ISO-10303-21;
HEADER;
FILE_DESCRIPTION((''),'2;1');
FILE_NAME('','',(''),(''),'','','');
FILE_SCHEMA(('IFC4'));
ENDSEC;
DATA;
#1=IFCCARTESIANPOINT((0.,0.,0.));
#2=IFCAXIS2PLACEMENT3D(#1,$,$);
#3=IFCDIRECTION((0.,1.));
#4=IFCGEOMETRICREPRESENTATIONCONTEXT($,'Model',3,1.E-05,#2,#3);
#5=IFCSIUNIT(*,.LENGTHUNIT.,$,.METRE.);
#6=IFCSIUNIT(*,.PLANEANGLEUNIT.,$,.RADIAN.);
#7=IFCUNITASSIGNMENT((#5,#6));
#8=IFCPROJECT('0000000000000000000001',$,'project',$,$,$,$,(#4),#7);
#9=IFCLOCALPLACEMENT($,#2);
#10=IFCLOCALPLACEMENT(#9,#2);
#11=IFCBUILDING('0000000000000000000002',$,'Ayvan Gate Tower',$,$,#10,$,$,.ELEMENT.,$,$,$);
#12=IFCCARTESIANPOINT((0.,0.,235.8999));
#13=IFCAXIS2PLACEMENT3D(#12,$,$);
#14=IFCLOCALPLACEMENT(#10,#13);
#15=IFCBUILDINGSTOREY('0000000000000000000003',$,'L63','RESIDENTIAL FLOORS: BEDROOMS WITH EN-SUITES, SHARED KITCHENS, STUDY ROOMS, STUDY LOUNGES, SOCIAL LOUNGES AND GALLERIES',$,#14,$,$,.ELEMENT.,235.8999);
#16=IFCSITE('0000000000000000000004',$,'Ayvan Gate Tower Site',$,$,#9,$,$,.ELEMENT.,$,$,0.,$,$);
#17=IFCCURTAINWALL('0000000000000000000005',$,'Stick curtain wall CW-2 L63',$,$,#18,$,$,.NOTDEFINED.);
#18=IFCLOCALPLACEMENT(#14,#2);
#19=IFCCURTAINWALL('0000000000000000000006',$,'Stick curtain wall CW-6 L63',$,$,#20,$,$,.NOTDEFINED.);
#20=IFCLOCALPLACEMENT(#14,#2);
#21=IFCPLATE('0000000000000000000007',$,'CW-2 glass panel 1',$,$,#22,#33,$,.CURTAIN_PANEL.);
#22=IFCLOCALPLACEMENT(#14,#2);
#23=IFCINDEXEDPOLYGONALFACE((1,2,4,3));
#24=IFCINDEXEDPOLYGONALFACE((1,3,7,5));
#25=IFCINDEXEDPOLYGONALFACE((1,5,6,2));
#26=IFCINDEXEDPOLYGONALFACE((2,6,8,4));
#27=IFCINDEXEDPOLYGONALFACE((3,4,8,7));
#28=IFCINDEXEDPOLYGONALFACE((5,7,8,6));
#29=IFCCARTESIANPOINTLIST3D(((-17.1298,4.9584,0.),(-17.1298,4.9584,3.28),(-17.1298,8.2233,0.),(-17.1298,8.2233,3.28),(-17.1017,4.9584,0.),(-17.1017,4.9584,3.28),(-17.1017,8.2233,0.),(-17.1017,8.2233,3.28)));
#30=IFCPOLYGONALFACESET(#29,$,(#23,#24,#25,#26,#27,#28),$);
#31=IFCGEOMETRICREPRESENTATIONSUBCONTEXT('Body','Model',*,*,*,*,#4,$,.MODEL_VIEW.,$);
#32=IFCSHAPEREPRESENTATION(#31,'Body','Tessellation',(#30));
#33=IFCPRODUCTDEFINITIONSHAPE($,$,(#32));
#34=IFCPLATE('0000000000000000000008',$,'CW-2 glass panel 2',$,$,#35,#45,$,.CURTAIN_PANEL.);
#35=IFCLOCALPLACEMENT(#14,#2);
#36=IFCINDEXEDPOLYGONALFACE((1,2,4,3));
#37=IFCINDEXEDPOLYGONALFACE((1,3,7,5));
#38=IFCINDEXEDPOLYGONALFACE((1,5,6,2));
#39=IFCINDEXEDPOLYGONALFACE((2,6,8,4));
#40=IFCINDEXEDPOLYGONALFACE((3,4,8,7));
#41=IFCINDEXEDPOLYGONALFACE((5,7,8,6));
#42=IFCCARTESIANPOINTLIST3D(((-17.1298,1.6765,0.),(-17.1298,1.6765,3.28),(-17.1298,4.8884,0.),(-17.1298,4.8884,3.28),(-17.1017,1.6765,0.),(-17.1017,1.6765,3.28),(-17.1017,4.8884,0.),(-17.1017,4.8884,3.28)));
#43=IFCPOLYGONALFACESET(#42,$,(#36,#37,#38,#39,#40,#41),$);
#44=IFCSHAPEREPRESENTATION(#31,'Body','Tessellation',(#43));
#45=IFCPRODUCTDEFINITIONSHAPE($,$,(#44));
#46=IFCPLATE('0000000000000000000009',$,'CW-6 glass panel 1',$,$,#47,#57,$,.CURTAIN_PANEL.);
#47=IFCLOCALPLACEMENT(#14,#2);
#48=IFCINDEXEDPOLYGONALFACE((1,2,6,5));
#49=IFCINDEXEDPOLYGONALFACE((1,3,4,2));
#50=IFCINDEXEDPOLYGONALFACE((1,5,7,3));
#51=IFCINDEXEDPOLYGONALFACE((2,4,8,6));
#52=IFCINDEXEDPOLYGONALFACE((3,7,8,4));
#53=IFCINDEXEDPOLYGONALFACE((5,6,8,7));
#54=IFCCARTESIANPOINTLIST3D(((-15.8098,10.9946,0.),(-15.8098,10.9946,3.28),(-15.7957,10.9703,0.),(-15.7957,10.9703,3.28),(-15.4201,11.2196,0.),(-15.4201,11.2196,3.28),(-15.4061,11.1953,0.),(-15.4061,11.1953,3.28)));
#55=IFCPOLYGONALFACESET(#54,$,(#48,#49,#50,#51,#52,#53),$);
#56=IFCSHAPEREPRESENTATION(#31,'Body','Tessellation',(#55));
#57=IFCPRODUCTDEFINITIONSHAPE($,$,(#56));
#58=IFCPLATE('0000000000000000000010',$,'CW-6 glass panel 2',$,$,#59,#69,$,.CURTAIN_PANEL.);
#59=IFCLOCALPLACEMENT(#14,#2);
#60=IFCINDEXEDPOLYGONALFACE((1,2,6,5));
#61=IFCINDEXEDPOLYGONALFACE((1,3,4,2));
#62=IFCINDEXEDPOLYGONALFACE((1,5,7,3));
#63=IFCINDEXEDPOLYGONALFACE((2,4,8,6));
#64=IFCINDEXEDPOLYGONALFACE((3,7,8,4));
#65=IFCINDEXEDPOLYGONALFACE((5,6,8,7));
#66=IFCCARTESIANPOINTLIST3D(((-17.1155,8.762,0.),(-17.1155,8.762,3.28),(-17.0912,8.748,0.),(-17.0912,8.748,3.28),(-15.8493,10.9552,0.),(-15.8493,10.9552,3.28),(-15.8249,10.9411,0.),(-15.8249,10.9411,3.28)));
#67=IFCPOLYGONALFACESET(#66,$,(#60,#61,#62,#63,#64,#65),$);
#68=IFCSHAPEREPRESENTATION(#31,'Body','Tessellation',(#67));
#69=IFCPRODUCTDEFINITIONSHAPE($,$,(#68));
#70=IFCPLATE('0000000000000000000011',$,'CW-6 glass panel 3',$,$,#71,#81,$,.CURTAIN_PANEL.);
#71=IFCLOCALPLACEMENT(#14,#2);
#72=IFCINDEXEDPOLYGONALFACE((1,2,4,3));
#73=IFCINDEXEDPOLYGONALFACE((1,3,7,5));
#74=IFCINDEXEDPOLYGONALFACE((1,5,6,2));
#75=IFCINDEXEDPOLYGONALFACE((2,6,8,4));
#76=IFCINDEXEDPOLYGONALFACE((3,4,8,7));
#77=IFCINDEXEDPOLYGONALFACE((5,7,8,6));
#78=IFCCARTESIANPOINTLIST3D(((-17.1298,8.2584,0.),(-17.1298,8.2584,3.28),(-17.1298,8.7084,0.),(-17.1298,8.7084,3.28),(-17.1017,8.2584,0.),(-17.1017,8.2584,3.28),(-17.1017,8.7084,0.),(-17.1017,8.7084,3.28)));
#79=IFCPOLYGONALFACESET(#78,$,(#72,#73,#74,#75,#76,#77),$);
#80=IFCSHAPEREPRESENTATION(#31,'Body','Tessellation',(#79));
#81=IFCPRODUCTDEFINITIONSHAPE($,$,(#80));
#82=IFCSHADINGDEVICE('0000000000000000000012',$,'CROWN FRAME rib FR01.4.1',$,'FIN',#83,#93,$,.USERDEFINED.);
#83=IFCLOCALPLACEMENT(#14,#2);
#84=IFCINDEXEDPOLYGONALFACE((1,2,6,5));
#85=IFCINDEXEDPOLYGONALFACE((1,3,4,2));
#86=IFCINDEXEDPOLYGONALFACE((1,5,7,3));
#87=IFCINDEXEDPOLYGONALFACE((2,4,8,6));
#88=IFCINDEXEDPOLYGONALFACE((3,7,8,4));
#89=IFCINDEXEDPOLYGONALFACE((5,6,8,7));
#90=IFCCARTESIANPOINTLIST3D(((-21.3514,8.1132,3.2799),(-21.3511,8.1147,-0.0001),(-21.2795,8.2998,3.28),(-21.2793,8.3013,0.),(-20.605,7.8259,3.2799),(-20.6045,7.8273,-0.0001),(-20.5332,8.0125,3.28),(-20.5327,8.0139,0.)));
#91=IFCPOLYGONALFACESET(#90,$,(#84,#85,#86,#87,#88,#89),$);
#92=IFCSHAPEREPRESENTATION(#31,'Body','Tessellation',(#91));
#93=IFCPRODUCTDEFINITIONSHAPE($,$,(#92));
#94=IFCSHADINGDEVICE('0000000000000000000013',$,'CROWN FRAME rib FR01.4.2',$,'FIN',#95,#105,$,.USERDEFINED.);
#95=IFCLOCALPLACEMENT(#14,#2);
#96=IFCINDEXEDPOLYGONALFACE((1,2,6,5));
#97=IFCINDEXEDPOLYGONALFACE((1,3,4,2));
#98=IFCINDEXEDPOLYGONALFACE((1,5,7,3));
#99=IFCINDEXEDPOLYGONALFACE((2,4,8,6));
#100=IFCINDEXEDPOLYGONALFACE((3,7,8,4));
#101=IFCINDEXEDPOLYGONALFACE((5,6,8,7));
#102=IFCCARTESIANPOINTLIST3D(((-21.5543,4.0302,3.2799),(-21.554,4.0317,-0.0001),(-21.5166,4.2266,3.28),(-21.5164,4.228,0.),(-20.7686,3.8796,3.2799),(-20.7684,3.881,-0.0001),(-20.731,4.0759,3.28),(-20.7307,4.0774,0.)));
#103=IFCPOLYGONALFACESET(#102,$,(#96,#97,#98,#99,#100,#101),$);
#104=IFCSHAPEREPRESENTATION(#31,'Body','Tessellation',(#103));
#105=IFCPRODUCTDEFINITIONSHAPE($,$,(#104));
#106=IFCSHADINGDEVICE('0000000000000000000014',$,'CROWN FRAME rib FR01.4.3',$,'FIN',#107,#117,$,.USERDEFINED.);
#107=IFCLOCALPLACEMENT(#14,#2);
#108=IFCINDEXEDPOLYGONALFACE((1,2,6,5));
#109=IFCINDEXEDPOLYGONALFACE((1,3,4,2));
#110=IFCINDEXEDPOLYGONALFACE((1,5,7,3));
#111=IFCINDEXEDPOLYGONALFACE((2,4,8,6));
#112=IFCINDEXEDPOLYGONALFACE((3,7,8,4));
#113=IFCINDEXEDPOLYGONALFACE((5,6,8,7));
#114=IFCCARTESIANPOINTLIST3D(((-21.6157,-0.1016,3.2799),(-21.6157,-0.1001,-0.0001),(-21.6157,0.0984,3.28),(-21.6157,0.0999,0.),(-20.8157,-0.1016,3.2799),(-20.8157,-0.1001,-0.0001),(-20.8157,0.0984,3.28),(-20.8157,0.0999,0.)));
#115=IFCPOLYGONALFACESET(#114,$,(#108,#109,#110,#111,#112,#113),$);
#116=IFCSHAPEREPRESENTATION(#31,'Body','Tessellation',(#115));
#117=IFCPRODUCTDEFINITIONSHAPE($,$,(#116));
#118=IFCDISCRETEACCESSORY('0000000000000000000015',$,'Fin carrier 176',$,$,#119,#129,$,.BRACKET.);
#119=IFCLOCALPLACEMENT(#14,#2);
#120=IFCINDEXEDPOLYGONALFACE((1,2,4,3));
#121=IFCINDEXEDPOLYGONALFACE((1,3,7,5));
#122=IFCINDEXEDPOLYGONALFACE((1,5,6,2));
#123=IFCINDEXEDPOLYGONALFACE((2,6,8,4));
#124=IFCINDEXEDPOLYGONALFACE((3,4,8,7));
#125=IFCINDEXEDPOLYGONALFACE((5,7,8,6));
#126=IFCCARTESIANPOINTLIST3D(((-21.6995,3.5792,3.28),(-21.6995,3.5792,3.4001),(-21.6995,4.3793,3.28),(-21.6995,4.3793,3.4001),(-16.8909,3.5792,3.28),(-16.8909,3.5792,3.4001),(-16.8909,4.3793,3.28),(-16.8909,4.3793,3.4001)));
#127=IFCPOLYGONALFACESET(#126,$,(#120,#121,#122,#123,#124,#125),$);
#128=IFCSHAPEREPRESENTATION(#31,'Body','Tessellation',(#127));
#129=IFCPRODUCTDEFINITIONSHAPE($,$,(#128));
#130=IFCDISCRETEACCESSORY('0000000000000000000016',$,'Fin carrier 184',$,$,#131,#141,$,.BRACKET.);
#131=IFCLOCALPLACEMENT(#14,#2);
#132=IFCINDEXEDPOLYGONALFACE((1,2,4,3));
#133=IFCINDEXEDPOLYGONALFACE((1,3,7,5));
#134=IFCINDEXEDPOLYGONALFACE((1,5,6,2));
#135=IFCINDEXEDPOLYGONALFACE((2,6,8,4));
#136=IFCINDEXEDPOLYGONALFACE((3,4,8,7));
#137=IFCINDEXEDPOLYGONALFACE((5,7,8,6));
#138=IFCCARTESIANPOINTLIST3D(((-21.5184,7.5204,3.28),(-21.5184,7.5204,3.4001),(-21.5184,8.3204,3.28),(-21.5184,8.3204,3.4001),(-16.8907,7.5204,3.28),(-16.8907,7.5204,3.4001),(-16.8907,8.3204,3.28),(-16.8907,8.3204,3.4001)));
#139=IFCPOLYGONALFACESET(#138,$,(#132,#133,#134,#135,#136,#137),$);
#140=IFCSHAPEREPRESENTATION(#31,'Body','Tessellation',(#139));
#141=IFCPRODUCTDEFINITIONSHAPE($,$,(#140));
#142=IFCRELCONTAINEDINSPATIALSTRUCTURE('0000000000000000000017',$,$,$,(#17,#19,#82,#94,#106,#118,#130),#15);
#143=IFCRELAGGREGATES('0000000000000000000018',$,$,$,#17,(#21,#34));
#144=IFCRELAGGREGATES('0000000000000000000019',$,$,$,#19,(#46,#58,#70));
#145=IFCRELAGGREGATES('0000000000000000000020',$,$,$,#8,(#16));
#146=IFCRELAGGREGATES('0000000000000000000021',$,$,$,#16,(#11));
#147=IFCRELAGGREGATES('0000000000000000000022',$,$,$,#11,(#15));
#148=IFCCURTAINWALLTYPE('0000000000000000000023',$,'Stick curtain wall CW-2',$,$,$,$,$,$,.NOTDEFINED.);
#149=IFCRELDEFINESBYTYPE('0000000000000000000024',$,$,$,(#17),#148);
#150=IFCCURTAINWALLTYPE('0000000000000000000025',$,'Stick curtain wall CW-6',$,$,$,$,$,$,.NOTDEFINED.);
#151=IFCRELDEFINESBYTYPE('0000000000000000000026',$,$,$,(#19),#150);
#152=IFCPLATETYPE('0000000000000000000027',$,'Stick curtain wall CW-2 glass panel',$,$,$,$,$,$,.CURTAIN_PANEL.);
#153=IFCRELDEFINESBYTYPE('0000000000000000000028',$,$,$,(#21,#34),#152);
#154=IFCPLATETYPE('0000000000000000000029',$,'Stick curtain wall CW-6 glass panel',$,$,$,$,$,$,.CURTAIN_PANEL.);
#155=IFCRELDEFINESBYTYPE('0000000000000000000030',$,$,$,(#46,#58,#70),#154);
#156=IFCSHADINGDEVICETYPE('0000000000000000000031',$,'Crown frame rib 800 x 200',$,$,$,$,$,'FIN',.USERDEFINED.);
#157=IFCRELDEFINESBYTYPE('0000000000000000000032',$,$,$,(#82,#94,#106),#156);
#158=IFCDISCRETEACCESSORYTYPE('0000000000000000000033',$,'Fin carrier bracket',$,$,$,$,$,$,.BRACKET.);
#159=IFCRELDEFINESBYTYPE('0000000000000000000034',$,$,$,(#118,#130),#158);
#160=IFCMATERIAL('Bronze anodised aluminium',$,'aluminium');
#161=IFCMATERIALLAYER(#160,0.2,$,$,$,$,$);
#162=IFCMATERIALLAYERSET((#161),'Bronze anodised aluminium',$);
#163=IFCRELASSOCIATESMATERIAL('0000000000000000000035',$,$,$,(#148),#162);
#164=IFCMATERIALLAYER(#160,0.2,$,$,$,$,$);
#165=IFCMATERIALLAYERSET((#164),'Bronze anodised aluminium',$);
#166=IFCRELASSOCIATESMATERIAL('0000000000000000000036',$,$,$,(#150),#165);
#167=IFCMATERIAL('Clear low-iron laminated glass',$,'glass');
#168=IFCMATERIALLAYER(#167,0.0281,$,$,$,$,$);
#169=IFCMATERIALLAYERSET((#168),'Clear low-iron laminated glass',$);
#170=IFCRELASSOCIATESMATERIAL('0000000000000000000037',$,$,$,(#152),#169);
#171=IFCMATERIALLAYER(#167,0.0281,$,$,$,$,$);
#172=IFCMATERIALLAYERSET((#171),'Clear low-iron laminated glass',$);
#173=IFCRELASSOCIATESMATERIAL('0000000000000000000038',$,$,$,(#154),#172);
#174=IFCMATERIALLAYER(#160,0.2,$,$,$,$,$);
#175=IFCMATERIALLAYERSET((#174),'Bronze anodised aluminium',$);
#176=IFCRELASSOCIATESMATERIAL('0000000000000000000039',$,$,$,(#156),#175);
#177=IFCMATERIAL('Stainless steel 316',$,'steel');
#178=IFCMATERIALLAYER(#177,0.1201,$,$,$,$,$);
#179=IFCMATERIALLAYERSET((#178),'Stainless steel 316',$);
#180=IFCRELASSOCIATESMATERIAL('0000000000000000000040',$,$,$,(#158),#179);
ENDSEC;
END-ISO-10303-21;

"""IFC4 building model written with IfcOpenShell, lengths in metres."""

from ifc_helpers import new_model, si_unit, direction, frame, origin, origin_2d, place, context, subcontext, project, spatial, polyline, rectangle, outline, extrude, material, layer, layer_set, type_object, element, aggregate, save


model = new_model("IFC4")

# Units and contexts
model_context = context("Model", 3, precision=1e-05, world=origin(), true_north=direction((0.0, 1.0)))
body_context = subcontext(model_context, "Body", "Model", "MODEL_VIEW")
ifc_project = project(units=[si_unit("LENGTHUNIT", "METRE"), si_unit("PLANEANGLEUNIT", "RADIAN")], contexts=[model_context])

# Site, building, storey
site_placement = place(None, origin())
site = spatial("IfcSite", under=ifc_project, at=site_placement, Name="Ayvan Gate Tower Site", CompositionType="ELEMENT", RefElevation=0.0)
building_placement = place(site_placement, origin())
building = spatial("IfcBuilding", under=site, at=building_placement, Name="Ayvan Gate Tower", CompositionType="ELEMENT")
storey_placement = place(building_placement, frame((0.0, 0.0, 235.8999)))
storey = spatial("IfcBuildingStorey", under=building, at=storey_placement, Name="L63", Description="RESIDENTIAL FLOORS: BEDROOMS WITH EN-SUITES, SHARED KITCHENS, STUDY ROOMS, STUDY LOUNGES, SOCIAL LOUNGES AND GALLERIES", CompositionType="ELEMENT", Elevation=235.8999)

# Curtain walls
ifc_material_1 = material(Name="Bronze anodised aluminium", Category="aluminium")
ifc_layer_1 = layer(ifc_material_1, 0.2)
ifc_layer_set_1 = layer_set([ifc_layer_1], Name="Bronze anodised aluminium")
curtain_wall_type_1 = type_object("IfcCurtainWallType", Name="Stick curtain wall CW-2", PredefinedType="NOTDEFINED", material=ifc_layer_set_1)
curtain_wall_1_placement = place(storey_placement, origin())
curtain_wall_1 = element("IfcCurtainWall", 1, at=curtain_wall_1_placement, inside=storey, type_object=curtain_wall_type_1, Name="Stick curtain wall CW-2 L63", PredefinedType="NOTDEFINED")
ifc_layer_2 = layer(ifc_material_1, 0.2)
ifc_layer_set_2 = layer_set([ifc_layer_2], Name="Bronze anodised aluminium")
curtain_wall_type_2 = type_object("IfcCurtainWallType", Name="Stick curtain wall CW-6", PredefinedType="NOTDEFINED", material=ifc_layer_set_2)
curtain_wall_2_placement = place(storey_placement, origin())
curtain_wall_2 = element("IfcCurtainWall", 2, at=curtain_wall_2_placement, inside=storey, type_object=curtain_wall_type_2, Name="Stick curtain wall CW-6 L63", PredefinedType="NOTDEFINED")

# Plates
ifc_material_2 = material(Name="Clear low-iron laminated glass", Category="glass")
ifc_layer_3 = layer(ifc_material_2, 0.0281)
ifc_layer_set_3 = layer_set([ifc_layer_3], Name="Clear low-iron laminated glass")
plate_type_1 = type_object("IfcPlateType", Name="Stick curtain wall CW-2 glass panel", PredefinedType="CURTAIN_PANEL", material=ifc_layer_set_3)
plate_1_placement = place(storey_placement, frame((-17.1157, 6.5908, 0.0), z_axis=(0.0, 0.0, 1.0), x_axis=(0.0, -1.0, 0.0)))
plate_1 = element("IfcPlate", 3, at=plate_1_placement, type_object=plate_type_1, Name="CW-2 glass panel 1", PredefinedType="CURTAIN_PANEL", context=body_context, shape_type="SweptSolid", body=[
    extrude(rectangle(XDim=3.2649, YDim=0.0281, at=origin_2d()), origin(), (0.0, 0.0, 1.0), 3.28),
])
plate_2_placement = place(storey_placement, frame((-17.1157, 3.2825, 0.0), z_axis=(0.0, 0.0, 1.0), x_axis=(0.0, -1.0, 0.0)))
plate_2 = element("IfcPlate", 4, at=plate_2_placement, type_object=plate_type_1, Name="CW-2 glass panel 2", PredefinedType="CURTAIN_PANEL", context=body_context, shape_type="SweptSolid", body=[
    extrude(rectangle(XDim=3.2119, YDim=0.0281, at=origin_2d()), origin(), (0.0, 0.0, 1.0), 3.28),
])
aggregate(curtain_wall_1, [plate_1, plate_2])
ifc_layer_4 = layer(ifc_material_2, 0.0281)
ifc_layer_set_4 = layer_set([ifc_layer_4], Name="Clear low-iron laminated glass")
plate_type_2 = type_object("IfcPlateType", Name="Stick curtain wall CW-6 glass panel", PredefinedType="CURTAIN_PANEL", material=ifc_layer_set_4)
plate_3_placement = place(storey_placement, frame((-15.6079, 11.095, 0.0), z_axis=(0.0, 0.0, 1.0), x_axis=(-0.866025, -0.5, 0.0)))
plate_3 = element("IfcPlate", 5, at=plate_3_placement, type_object=plate_type_2, Name="CW-6 glass panel 1", PredefinedType="CURTAIN_PANEL", context=body_context, shape_type="SweptSolid", body=[
    extrude(rectangle(XDim=0.45, YDim=0.0281, at=origin_2d()), origin(), (0.0, 0.0, 1.0), 3.28),
])
plate_4_placement = place(storey_placement, frame((-16.4702, 9.8516, 0.0), z_axis=(0.0, 0.0, 1.0), x_axis=(-0.5, -0.866025, 0.0)))
plate_4 = element("IfcPlate", 6, at=plate_4_placement, type_object=plate_type_2, Name="CW-6 glass panel 2", PredefinedType="CURTAIN_PANEL", context=body_context, shape_type="SweptSolid", body=[
    extrude(rectangle(XDim=2.5325, YDim=0.0281, at=origin_2d()), origin(), (0.0, 0.0, 1.0), 3.28),
])
plate_5_placement = place(storey_placement, frame((-17.1157, 8.4834, 0.0), z_axis=(0.0, 0.0, 1.0), x_axis=(0.0, -1.0, 0.0)))
plate_5 = element("IfcPlate", 7, at=plate_5_placement, type_object=plate_type_2, Name="CW-6 glass panel 3", PredefinedType="CURTAIN_PANEL", context=body_context, shape_type="SweptSolid", body=[
    extrude(rectangle(XDim=0.45, YDim=0.0281, at=origin_2d()), origin(), (0.0, 0.0, 1.0), 3.28),
])
aggregate(curtain_wall_2, [plate_3, plate_4, plate_5])

# Shading devices
ifc_layer_5 = layer(ifc_material_1, 0.2)
ifc_layer_set_5 = layer_set([ifc_layer_5], Name="Bronze anodised aluminium")
shading_device_type = type_object("IfcShadingDeviceType", Name="Crown frame rib 800 x 200", ElementType="FIN", PredefinedType="USERDEFINED", material=ifc_layer_set_5)
shading_device_1_placement = place(storey_placement, frame((-20.5327, 8.0139, 0.0), z_axis=(0.359255, 0.933239, 0.000457), x_axis=(-0.933239, 0.359255, 0.0)))
element("IfcShadingDevice", 8, at=shading_device_1_placement, inside=storey, type_object=shading_device_type, Name="CROWN FRAME rib FR01.4.1", ObjectType="FIN", PredefinedType="USERDEFINED", context=body_context, shape_type="SweptSolid", body=[
    extrude(outline(polyline([(0.0, 0.0), (0.8, 0.0), (0.7997, 3.28), (-0.0001, 3.28), (0.0, 0.0)])), origin(), (0.0, 0.0, -1.0), 0.2),
])
shading_device_2_placement = place(storey_placement, frame((-20.7307, 4.0774, 0.0), z_axis=(0.188304, 0.982111, 0.000453), x_axis=(-0.982111, 0.188304, 0.0)))
element("IfcShadingDevice", 9, at=shading_device_2_placement, inside=storey, type_object=shading_device_type, Name="CROWN FRAME rib FR01.4.2", ObjectType="FIN", PredefinedType="USERDEFINED", context=body_context, shape_type="SweptSolid", body=[
    extrude(outline(polyline([(0.0, 0.0), (0.8, 0.0), (0.7999, 3.28), (0.0, 3.28), (0.0, 0.0)])), origin(), (0.0, 0.0, -1.0), 0.2),
])
shading_device_3_placement = place(storey_placement, frame((-20.8157, 0.0999, 0.0), z_axis=(0.0, 1.0, 0.000447), x_axis=(-1.0, 0.0, 0.0)))
element("IfcShadingDevice", 10, at=shading_device_3_placement, inside=storey, type_object=shading_device_type, Name="CROWN FRAME rib FR01.4.3", ObjectType="FIN", PredefinedType="USERDEFINED", context=body_context, shape_type="SweptSolid", body=[
    extrude(outline(polyline([(0.0, 0.0), (0.8, 0.0), (0.8, 3.28), (0.0, 3.28), (0.0, 0.0)])), origin(), (0.0, 0.0, -1.0), 0.2),
])

# Discrete accessories
ifc_material_3 = material(Name="Stainless steel 316", Category="steel")
ifc_layer_6 = layer(ifc_material_3, 0.1201)
ifc_layer_set_6 = layer_set([ifc_layer_6], Name="Stainless steel 316")
discrete_accessory_type = type_object("IfcDiscreteAccessoryType", Name="Fin carrier bracket", PredefinedType="BRACKET", material=ifc_layer_set_6)
discrete_accessory_1_placement = place(storey_placement, frame((-19.2952, 3.9792, 3.28), z_axis=(0.0, 0.0, 1.0), x_axis=(0.0, -1.0, 0.0)))
element("IfcDiscreteAccessory", 11, at=discrete_accessory_1_placement, inside=storey, type_object=discrete_accessory_type, Name="Fin carrier 176", PredefinedType="BRACKET", context=body_context, shape_type="SweptSolid", body=[
    extrude(rectangle(XDim=0.8, YDim=4.8086, at=origin_2d()), origin(), (0.0, 0.0, 1.0), 0.1201),
])
discrete_accessory_2_placement = place(storey_placement, frame((-19.2046, 7.9204, 3.28), z_axis=(0.0, 0.0, 1.0), x_axis=(0.0, -1.0, 0.0)))
element("IfcDiscreteAccessory", 12, at=discrete_accessory_2_placement, inside=storey, type_object=discrete_accessory_type, Name="Fin carrier 184", PredefinedType="BRACKET", context=body_context, shape_type="SweptSolid", body=[
    extrude(rectangle(XDim=0.8, YDim=4.6277, at=origin_2d()), origin(), (0.0, 0.0, 1.0), 0.1201),
])

save(model, "model.ifc")
